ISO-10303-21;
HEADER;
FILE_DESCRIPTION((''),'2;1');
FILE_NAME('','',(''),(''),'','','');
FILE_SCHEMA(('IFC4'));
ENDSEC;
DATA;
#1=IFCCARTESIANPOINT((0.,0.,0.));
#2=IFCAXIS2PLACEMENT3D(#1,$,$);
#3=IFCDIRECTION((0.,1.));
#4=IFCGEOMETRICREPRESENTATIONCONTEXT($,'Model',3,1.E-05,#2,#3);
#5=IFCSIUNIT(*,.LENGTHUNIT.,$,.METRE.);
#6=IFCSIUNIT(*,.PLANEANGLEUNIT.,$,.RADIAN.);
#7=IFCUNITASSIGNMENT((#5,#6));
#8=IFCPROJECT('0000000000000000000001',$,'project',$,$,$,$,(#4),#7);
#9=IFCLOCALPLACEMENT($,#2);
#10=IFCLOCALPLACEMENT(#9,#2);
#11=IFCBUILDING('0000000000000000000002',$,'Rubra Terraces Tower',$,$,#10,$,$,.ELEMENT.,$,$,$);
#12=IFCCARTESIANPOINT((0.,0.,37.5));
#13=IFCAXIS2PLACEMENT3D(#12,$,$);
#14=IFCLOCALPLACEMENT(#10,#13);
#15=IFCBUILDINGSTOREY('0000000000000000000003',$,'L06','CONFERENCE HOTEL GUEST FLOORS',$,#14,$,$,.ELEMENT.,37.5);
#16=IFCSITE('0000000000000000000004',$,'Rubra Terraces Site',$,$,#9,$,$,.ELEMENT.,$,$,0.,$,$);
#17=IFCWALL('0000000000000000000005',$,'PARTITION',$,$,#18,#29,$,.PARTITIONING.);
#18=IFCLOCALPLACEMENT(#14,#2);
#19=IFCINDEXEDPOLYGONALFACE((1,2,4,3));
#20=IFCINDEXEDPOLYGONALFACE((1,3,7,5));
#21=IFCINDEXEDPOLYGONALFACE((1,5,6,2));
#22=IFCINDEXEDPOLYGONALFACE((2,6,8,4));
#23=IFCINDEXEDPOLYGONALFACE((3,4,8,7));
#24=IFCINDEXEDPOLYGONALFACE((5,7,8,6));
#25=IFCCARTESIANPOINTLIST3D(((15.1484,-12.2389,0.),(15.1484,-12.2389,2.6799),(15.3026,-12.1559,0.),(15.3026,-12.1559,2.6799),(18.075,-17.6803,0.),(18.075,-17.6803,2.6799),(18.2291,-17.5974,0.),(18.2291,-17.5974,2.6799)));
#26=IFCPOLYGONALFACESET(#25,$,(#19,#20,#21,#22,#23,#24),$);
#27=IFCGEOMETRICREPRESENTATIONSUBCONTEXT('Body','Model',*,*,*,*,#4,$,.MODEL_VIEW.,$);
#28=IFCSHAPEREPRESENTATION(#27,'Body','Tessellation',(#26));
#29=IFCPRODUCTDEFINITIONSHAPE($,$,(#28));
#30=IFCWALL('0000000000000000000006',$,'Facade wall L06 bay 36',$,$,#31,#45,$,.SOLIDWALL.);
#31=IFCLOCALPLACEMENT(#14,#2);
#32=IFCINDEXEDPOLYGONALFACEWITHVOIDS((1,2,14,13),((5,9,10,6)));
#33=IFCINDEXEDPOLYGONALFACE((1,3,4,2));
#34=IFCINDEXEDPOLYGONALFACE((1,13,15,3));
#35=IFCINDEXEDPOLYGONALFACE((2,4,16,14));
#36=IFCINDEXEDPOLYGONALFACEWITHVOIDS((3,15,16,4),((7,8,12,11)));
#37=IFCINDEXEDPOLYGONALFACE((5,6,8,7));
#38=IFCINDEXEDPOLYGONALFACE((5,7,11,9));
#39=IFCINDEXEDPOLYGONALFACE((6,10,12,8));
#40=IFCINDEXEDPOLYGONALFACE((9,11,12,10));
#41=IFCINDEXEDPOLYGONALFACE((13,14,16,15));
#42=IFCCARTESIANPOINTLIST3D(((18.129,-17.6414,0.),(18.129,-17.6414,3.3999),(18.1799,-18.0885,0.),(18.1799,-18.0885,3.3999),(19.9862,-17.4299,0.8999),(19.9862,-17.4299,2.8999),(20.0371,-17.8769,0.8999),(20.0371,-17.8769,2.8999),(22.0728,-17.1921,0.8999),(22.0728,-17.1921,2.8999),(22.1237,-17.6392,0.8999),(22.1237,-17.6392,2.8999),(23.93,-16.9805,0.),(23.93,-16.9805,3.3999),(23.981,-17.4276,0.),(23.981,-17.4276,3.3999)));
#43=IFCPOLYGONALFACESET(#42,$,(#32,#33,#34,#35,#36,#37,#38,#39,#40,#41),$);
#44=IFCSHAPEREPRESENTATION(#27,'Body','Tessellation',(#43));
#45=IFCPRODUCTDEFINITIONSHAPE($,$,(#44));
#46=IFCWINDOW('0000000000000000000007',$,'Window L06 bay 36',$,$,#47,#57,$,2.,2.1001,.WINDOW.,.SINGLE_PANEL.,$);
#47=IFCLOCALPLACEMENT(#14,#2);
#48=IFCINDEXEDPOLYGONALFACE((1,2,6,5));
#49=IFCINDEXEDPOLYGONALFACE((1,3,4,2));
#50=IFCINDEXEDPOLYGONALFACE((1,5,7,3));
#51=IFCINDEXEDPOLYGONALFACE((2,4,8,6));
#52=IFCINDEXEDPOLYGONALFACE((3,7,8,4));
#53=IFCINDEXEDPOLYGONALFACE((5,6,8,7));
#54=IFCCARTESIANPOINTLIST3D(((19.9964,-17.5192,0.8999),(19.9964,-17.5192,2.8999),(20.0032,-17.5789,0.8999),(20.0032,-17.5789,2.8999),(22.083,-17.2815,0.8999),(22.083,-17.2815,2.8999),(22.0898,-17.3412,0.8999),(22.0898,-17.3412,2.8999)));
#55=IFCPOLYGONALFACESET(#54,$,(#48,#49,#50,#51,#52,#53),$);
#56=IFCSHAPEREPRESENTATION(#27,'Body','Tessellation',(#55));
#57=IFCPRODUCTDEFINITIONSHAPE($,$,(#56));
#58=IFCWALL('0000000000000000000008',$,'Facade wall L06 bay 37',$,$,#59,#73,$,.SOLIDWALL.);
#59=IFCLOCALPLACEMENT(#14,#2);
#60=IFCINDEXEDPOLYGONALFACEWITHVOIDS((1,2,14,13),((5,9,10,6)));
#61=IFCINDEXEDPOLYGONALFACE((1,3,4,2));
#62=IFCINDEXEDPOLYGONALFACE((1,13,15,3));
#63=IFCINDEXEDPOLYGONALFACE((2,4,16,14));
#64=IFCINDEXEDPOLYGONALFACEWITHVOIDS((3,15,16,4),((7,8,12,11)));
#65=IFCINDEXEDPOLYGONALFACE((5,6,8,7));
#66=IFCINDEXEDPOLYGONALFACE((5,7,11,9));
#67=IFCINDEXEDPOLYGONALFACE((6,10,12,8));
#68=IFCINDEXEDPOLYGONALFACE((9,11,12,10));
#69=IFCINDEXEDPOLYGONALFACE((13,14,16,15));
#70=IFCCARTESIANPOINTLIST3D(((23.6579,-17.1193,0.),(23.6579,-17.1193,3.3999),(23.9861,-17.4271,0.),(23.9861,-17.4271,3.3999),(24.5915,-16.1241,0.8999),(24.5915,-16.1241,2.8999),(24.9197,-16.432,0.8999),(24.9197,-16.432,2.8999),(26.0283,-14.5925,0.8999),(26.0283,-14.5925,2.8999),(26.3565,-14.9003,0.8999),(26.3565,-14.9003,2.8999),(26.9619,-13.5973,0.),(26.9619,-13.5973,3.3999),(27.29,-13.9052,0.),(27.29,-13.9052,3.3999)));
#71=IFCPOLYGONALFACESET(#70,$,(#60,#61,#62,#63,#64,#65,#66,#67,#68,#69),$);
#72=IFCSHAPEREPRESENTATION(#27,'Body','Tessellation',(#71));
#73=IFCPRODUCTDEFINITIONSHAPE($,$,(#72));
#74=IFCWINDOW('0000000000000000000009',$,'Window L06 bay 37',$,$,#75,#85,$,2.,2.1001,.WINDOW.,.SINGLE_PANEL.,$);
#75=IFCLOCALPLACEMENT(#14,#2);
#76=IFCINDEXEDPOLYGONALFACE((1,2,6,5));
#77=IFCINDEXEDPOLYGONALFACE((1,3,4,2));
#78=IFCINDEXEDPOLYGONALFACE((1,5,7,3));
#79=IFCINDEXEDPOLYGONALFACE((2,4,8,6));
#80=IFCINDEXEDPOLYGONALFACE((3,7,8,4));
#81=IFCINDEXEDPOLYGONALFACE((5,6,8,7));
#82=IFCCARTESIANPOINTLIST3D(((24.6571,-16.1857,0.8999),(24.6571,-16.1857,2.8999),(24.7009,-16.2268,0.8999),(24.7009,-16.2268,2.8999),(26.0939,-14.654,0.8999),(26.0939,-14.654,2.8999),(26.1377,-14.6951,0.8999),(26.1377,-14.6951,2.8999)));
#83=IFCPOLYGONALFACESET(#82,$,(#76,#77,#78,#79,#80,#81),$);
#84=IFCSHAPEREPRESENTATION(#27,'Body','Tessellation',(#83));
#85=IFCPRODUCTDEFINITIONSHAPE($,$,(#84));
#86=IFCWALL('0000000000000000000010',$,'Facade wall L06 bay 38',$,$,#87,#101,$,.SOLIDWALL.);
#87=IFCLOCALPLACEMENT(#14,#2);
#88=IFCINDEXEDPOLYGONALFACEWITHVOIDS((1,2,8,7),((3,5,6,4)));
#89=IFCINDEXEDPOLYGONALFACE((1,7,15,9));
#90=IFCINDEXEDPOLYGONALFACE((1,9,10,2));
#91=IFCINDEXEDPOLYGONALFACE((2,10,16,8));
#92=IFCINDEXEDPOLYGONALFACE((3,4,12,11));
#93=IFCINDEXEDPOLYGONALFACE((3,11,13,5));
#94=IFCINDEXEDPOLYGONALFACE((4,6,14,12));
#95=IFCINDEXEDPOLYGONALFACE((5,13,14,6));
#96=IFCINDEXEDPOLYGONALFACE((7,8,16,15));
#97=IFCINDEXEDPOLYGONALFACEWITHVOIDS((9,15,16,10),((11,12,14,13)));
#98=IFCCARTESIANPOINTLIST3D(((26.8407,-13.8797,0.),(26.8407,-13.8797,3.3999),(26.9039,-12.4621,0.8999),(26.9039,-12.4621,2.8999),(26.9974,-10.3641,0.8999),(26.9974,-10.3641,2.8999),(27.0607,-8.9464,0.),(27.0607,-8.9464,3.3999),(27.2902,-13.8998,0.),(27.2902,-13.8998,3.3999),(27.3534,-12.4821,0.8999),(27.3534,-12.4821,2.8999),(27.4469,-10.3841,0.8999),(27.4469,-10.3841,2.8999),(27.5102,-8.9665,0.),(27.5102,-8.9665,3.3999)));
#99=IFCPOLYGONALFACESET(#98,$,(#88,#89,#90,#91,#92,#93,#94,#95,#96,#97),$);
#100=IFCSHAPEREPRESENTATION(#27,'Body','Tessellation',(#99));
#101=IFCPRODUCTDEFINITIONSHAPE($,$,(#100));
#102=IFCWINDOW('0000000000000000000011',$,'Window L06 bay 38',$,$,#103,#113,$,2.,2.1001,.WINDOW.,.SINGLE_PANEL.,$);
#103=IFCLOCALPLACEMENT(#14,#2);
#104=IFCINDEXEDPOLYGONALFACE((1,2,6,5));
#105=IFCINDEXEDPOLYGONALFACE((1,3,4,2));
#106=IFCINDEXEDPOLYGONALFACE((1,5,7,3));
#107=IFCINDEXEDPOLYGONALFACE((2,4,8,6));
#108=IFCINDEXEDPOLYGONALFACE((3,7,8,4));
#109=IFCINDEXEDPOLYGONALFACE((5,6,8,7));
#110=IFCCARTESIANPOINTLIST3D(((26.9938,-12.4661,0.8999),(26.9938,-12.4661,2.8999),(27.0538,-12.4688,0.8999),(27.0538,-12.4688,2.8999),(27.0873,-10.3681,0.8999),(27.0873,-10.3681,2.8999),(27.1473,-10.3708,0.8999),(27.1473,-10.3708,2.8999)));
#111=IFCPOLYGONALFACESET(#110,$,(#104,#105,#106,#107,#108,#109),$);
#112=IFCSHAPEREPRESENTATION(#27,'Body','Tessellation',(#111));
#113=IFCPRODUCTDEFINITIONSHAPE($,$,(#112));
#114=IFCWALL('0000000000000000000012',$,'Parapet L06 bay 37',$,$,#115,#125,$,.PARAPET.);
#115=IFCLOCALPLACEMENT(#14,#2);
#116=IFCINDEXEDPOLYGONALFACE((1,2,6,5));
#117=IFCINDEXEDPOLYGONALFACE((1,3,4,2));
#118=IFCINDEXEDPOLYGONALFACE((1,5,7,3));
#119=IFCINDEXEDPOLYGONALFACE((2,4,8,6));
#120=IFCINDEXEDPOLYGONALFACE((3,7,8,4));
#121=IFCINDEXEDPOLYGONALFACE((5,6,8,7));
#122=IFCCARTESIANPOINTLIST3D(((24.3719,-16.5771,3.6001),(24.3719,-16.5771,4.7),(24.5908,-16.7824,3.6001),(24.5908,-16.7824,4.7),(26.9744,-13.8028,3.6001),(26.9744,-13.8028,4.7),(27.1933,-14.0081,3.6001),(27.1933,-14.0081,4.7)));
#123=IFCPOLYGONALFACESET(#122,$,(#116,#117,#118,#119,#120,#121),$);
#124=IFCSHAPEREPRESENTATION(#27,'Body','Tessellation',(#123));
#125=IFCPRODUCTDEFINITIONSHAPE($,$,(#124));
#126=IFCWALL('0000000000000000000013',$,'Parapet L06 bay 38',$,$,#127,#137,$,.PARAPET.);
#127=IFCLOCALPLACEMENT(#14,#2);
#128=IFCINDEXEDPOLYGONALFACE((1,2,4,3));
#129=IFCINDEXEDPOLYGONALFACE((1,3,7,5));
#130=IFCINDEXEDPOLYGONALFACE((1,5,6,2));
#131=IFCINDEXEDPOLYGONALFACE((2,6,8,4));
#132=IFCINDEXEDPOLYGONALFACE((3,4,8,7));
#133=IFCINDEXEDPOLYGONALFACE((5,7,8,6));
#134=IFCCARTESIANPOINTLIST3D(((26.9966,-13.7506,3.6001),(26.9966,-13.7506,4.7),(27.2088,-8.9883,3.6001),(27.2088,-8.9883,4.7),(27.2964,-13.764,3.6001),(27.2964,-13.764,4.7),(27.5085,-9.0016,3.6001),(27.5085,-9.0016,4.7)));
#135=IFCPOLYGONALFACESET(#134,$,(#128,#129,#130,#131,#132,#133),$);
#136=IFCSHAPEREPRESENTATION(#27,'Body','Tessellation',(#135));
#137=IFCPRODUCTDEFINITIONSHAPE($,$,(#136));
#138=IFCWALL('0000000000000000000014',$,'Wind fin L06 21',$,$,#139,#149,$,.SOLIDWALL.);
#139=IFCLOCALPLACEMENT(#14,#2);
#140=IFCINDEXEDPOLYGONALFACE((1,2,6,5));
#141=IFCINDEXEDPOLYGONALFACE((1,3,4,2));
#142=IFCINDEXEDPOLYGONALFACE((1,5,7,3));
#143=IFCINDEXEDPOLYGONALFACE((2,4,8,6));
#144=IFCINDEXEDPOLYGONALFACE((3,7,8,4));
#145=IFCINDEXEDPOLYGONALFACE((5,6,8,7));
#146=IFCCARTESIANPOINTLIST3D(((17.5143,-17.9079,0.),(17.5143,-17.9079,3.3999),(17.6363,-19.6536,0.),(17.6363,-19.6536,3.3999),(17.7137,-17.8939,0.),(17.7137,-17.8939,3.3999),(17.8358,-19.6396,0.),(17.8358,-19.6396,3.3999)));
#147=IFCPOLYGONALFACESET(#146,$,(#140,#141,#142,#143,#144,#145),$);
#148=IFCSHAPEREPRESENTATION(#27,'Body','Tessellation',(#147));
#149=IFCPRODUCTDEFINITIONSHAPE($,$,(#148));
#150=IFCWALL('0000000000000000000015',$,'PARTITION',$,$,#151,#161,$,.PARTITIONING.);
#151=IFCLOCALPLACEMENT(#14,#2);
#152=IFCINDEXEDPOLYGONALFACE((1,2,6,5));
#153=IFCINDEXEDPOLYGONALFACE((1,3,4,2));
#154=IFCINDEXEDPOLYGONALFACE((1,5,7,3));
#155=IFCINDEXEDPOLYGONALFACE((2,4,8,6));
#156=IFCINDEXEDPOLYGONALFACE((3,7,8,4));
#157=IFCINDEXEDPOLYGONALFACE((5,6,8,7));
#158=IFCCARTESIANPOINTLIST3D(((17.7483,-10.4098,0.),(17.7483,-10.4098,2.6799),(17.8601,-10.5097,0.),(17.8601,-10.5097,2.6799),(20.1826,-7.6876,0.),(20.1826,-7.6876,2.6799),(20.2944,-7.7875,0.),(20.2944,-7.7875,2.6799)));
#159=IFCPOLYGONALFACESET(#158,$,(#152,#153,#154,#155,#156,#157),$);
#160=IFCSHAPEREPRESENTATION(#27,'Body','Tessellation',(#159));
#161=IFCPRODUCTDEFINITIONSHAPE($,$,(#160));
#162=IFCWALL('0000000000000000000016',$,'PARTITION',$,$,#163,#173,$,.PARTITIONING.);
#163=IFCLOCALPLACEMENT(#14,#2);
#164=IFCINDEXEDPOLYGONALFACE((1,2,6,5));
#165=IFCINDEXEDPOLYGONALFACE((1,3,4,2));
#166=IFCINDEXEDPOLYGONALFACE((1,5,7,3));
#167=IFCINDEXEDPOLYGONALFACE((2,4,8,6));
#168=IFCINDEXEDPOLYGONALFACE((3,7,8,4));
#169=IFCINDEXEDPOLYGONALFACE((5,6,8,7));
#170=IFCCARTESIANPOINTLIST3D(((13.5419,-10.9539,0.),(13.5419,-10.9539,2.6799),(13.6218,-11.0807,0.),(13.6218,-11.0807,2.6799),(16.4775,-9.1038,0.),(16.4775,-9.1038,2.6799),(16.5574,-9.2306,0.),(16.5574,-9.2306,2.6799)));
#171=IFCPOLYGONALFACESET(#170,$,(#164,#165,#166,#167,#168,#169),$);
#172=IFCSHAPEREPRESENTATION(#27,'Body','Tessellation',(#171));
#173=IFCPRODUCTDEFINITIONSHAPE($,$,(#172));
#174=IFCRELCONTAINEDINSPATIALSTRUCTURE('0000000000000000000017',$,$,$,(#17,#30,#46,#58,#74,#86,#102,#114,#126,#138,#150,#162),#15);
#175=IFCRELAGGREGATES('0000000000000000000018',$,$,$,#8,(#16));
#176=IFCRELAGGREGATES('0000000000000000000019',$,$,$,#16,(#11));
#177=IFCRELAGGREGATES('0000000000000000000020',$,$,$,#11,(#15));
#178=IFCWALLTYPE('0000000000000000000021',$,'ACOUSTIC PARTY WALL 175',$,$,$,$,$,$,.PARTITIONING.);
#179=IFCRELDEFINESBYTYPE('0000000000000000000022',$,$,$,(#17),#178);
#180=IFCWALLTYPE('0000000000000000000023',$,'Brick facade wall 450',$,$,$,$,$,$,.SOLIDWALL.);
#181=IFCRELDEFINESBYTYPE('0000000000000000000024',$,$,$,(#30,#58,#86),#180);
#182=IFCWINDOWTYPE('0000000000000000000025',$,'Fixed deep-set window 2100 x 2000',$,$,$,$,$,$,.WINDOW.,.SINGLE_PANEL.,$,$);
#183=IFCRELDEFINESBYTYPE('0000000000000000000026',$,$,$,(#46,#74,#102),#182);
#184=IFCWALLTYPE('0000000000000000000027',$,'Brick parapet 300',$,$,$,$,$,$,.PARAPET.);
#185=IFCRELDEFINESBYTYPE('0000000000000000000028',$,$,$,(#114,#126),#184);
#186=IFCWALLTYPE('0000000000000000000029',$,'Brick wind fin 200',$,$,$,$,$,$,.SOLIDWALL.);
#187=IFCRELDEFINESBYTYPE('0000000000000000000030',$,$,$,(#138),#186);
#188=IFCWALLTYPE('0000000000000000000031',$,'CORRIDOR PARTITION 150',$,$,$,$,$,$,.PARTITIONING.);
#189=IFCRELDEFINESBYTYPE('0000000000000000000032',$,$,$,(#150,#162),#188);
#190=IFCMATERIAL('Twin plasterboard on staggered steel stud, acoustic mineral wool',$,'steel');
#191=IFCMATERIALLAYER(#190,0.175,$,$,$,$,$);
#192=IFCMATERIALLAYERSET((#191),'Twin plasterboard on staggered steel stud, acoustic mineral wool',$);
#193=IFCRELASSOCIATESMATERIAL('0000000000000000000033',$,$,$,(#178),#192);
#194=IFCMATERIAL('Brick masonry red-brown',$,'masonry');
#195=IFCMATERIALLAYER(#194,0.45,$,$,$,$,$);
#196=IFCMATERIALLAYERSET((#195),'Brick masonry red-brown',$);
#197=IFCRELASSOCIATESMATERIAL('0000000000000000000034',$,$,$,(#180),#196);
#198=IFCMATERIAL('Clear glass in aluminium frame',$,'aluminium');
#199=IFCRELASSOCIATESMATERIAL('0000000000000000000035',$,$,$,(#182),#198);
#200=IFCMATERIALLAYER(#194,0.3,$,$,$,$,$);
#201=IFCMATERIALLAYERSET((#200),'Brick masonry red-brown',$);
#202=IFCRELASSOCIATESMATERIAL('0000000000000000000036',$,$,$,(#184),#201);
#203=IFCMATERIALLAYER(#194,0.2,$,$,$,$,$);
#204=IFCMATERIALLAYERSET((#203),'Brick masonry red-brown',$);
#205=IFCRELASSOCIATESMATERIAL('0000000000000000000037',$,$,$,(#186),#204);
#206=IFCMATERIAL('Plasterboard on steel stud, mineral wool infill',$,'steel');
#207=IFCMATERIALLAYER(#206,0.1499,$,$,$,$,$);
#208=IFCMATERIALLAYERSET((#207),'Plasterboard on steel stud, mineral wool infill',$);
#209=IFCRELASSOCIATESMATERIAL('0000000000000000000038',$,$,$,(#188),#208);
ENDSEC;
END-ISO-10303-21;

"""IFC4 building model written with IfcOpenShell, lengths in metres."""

from ifc_helpers import new_model, si_unit, direction, frame, frame_2d, origin, place, context, subcontext, project, spatial, rectangle, extrude, material, layer, layer_set, type_object, element, fill, save


model = new_model("IFC4")

# Units and contexts
model_context = context("Model", 3, precision=1e-05, world=origin(), true_north=direction((0.0, 1.0)))
body_context = subcontext(model_context, "Body", "Model", "MODEL_VIEW")
ifc_project = project(units=[si_unit("LENGTHUNIT", "METRE"), si_unit("PLANEANGLEUNIT", "RADIAN")], contexts=[model_context])

# Site, building, storey
site_placement = place(None, origin())
site = spatial("IfcSite", under=ifc_project, at=site_placement, Name="Rubra Terraces Site", CompositionType="ELEMENT", RefElevation=0.0)
building_placement = place(site_placement, origin())
building = spatial("IfcBuilding", under=site, at=building_placement, Name="Rubra Terraces Tower", CompositionType="ELEMENT")
storey_placement = place(building_placement, frame((0.0, 0.0, 37.5)))
storey = spatial("IfcBuildingStorey", under=building, at=storey_placement, Name="L06", Description="CONFERENCE HOTEL GUEST FLOORS", CompositionType="ELEMENT", Elevation=37.5)

# Wall
ifc_material_1 = material(Name="Twin plasterboard on staggered steel stud, acoustic mineral wool", Category="steel")
ifc_layer_1 = layer(ifc_material_1, 0.175)
ifc_layer_set_1 = layer_set([ifc_layer_1], Name="Twin plasterboard on staggered steel stud, acoustic mineral wool")
wall_type_1 = type_object("IfcWallType", Name="ACOUSTIC PARTY WALL 175", PredefinedType="PARTITIONING", material=ifc_layer_set_1)
wall_1_placement = place(storey_placement, frame((18.1521, -17.6389, 0.0), z_axis=(0.0, 0.0, 1.0), x_axis=(-0.473664, 0.880706, 0.0)))
element("IfcWall", 1, at=wall_1_placement, inside=storey, type_object=wall_type_1, Name="PARTITION", PredefinedType="PARTITIONING", context=body_context, shape_type="SweptSolid", body=[
    extrude(rectangle(XDim=6.1785, YDim=0.175, at=frame_2d((3.0894, 0.0))), origin(), (0.0, 0.0, 1.0), 2.6799),
])

# Walls, openings, windows
ifc_material_2 = material(Name="Brick masonry red-brown", Category="masonry")
ifc_layer_2 = layer(ifc_material_2, 0.45)
ifc_layer_set_2 = layer_set([ifc_layer_2], Name="Brick masonry red-brown")
wall_type_2 = type_object("IfcWallType", Name="Brick facade wall 450", PredefinedType="SOLIDWALL", material=ifc_layer_set_2)
wall_2_placement = place(storey_placement, frame((18.1543, -17.865, 0.0), z_axis=(0.0, 0.0, 1.0), x_axis=(0.993573, 0.113194, 0.0)))
wall_2 = element("IfcWall", 2, at=wall_2_placement, inside=storey, type_object=wall_type_2, Name="Facade wall L06 bay 36", PredefinedType="SOLIDWALL", context=body_context, shape_type="SweptSolid", body=[
    extrude(rectangle(XDim=5.8386, YDim=0.45, at=frame_2d((2.9194, 0.0))), origin(), (0.0, 0.0, 1.0), 3.3999),
])
opening_1_placement = place(wall_2_placement, frame((1.8694, 0.0, 0.8999)))
opening_1 = element("IfcOpeningElement", 3, at=opening_1_placement, cuts=wall_2, PredefinedType="OPENING", context=body_context, shape_type="SweptSolid", body=[
    extrude(rectangle(XDim=2.1001, YDim=2.0, at=frame_2d((1.05, 1.0))), frame((0.0, 0.2349, 0.0), z_axis=(0.0, -1.0, 0.0), x_axis=(1.0, 0.0, 0.0)), (0.0, 0.0, 1.0), 0.47),
])
ifc_material_3 = material(Name="Clear glass in aluminium frame", Category="aluminium")
window_type = type_object("IfcWindowType", Name="Fixed deep-set window 2100 x 2000", PartitioningType="SINGLE_PANEL", PredefinedType="WINDOW", material=ifc_material_3)
window_1_placement = place(opening_1_placement, origin())
window_1 = element("IfcWindow", 4, at=window_1_placement, inside=storey, type_object=window_type, Name="Window L06 bay 36", OverallHeight=2.0, OverallWidth=2.1001, PartitioningType="SINGLE_PANEL", PredefinedType="WINDOW", context=body_context, shape_type="SweptSolid", body=[
    extrude(rectangle(XDim=2.1001, YDim=2.0, at=frame_2d((1.05, 1.0))), frame((0.0, 0.135, 0.0), z_axis=(0.0, -1.0, 0.0), x_axis=(1.0, 0.0, 0.0)), (0.0, 0.0, 1.0), 0.0601),
])
fill(opening_1, window_1)
wall_3_placement = place(storey_placement, frame((23.822, -17.2732, 0.0), z_axis=(0.0, 0.0, 1.0), x_axis=(0.684173, 0.72932, 0.0)))
wall_3 = element("IfcWall", 5, at=wall_3_placement, inside=storey, type_object=wall_type_2, Name="Facade wall L06 bay 37", PredefinedType="SOLIDWALL", context=body_context, shape_type="SweptSolid", body=[
    extrude(rectangle(XDim=4.8291, YDim=0.45, at=frame_2d((2.4146, 0.0))), origin(), (0.0, 0.0, 1.0), 3.3999),
])
opening_2_placement = place(wall_3_placement, frame((1.3645, 0.0, 0.8999)))
opening_2 = element("IfcOpeningElement", 6, at=opening_2_placement, cuts=wall_3, PredefinedType="OPENING", context=body_context, shape_type="SweptSolid", body=[
    extrude(rectangle(XDim=2.1001, YDim=2.0, at=frame_2d((1.05, 1.0))), frame((0.0, 0.2349, 0.0), z_axis=(0.0, -1.0, 0.0), x_axis=(1.0, 0.0, 0.0)), (0.0, 0.0, 1.0), 0.47),
])
window_2_placement = place(opening_2_placement, origin())
window_2 = element("IfcWindow", 7, at=window_2_placement, inside=storey, type_object=window_type, Name="Window L06 bay 37", OverallHeight=2.0, OverallWidth=2.1001, PartitioningType="SINGLE_PANEL", PredefinedType="WINDOW", context=body_context, shape_type="SweptSolid", body=[
    extrude(rectangle(XDim=2.1001, YDim=2.0, at=frame_2d((1.05, 1.0))), frame((0.0, 0.135, 0.0), z_axis=(0.0, -1.0, 0.0), x_axis=(1.0, 0.0, 0.0)), (0.0, 0.0, 1.0), 0.0601),
])
fill(opening_2, window_2)
wall_4_placement = place(storey_placement, frame((27.0654, -13.8899, 0.0), z_axis=(0.0, 0.0, 1.0), x_axis=(0.044544, 0.999007, 0.0)))
wall_4 = element("IfcWall", 8, at=wall_4_placement, inside=storey, type_object=wall_type_2, Name="Facade wall L06 bay 38", PredefinedType="SOLIDWALL", context=body_context, shape_type="SweptSolid", body=[
    extrude(rectangle(XDim=4.9382, YDim=0.45, at=frame_2d((2.4692, 0.0))), origin(), (0.0, 0.0, 1.0), 3.3999),
])
opening_3_placement = place(wall_4_placement, frame((1.4192, 0.0, 0.8999)))
opening_3 = element("IfcOpeningElement", 9, at=opening_3_placement, cuts=wall_4, PredefinedType="OPENING", context=body_context, shape_type="SweptSolid", body=[
    extrude(rectangle(XDim=2.1001, YDim=2.0, at=frame_2d((1.05, 1.0))), frame((0.0, 0.2349, 0.0), z_axis=(0.0, -1.0, 0.0), x_axis=(1.0, 0.0, 0.0)), (0.0, 0.0, 1.0), 0.47),
])
window_3_placement = place(opening_3_placement, origin())
window_3 = element("IfcWindow", 10, at=window_3_placement, inside=storey, type_object=window_type, Name="Window L06 bay 38", OverallHeight=2.0, OverallWidth=2.1001, PartitioningType="SINGLE_PANEL", PredefinedType="WINDOW", context=body_context, shape_type="SweptSolid", body=[
    extrude(rectangle(XDim=2.1001, YDim=2.0, at=frame_2d((1.05, 1.0))), frame((0.0, 0.135, 0.0), z_axis=(0.0, -1.0, 0.0), x_axis=(1.0, 0.0, 0.0)), (0.0, 0.0, 1.0), 0.0601),
])
fill(opening_3, window_3)

# Walls
ifc_layer_3 = layer(ifc_material_2, 0.3)
ifc_layer_set_3 = layer_set([ifc_layer_3], Name="Brick masonry red-brown")
wall_type_3 = type_object("IfcWallType", Name="Brick parapet 300", PredefinedType="PARAPET", material=ifc_layer_set_3)
wall_5_placement = place(storey_placement, frame((24.4814, -16.6797, 3.6001), z_axis=(0.0, 0.0, 1.0), x_axis=(0.684155, 0.729337, 0.0)))
element("IfcWall", 11, at=wall_5_placement, inside=storey, type_object=wall_type_3, Name="Parapet L06 bay 37", PredefinedType="PARAPET", context=body_context, shape_type="SweptSolid", body=[
    extrude(rectangle(XDim=3.804, YDim=0.3, at=frame_2d((1.9019, 0.0))), origin(), (0.0, 0.0, 1.0), 1.0999),
])
wall_6_placement = place(storey_placement, frame((27.1465, -13.7573, 3.6001), z_axis=(0.0, 0.0, 1.0), x_axis=(0.044504, 0.999009, 0.0)))
element("IfcWall", 12, at=wall_6_placement, inside=storey, type_object=wall_type_3, Name="Parapet L06 bay 38", PredefinedType="PARAPET", context=body_context, shape_type="SweptSolid", body=[
    extrude(rectangle(XDim=4.7671, YDim=0.3, at=frame_2d((2.3835, 0.0))), origin(), (0.0, 0.0, 1.0), 1.0999),
])
ifc_layer_4 = layer(ifc_material_2, 0.2)
ifc_layer_set_4 = layer_set([ifc_layer_4], Name="Brick masonry red-brown")
wall_type_4 = type_object("IfcWallType", Name="Brick wind fin 200", PredefinedType="SOLIDWALL", material=ifc_layer_set_4)
wall_7_placement = place(storey_placement, frame((17.614, -17.9009, 0.0), z_axis=(0.0, 0.0, 1.0), x_axis=(0.06975, -0.997565, 0.0)))
element("IfcWall", 13, at=wall_7_placement, inside=storey, type_object=wall_type_4, Name="Wind fin L06 21", PredefinedType="SOLIDWALL", context=body_context, shape_type="SweptSolid", body=[
    extrude(rectangle(XDim=1.75, YDim=0.2, at=frame_2d((0.875, 0.0))), origin(), (0.0, 0.0, 1.0), 3.3999),
])
ifc_material_4 = material(Name="Plasterboard on steel stud, mineral wool infill", Category="steel")
ifc_layer_5 = layer(ifc_material_4, 0.1499)
ifc_layer_set_5 = layer_set([ifc_layer_5], Name="Plasterboard on steel stud, mineral wool infill")
wall_type_5 = type_object("IfcWallType", Name="CORRIDOR PARTITION 150", PredefinedType="PARTITIONING", material=ifc_layer_set_5)
wall_8_placement = place(storey_placement, frame((17.8042, -10.4597, 0.0), z_axis=(0.0, 0.0, 1.0), x_axis=(0.666597, 0.745418, 0.0)))
element("IfcWall", 14, at=wall_8_placement, inside=storey, type_object=wall_type_5, Name="PARTITION", PredefinedType="PARTITIONING", context=body_context, shape_type="SweptSolid", body=[
    extrude(rectangle(XDim=3.6519, YDim=0.1499, at=frame_2d((1.8259, 0.0))), origin(), (0.0, 0.0, 1.0), 2.6799),
])
wall_9_placement = place(storey_placement, frame((16.5173, -9.1672, 0.0), z_axis=(0.0, 0.0, 1.0), x_axis=(-0.846, -0.533183, 0.0)))
element("IfcWall", 15, at=wall_9_placement, inside=storey, type_object=wall_type_5, Name="PARTITION", PredefinedType="PARTITIONING", context=body_context, shape_type="SweptSolid", body=[
    extrude(rectangle(XDim=3.47, YDim=0.1499, at=frame_2d((1.7349, 0.0))), origin(), (0.0, 0.0, 1.0), 2.6799),
])

save(model, "model.ifc")
